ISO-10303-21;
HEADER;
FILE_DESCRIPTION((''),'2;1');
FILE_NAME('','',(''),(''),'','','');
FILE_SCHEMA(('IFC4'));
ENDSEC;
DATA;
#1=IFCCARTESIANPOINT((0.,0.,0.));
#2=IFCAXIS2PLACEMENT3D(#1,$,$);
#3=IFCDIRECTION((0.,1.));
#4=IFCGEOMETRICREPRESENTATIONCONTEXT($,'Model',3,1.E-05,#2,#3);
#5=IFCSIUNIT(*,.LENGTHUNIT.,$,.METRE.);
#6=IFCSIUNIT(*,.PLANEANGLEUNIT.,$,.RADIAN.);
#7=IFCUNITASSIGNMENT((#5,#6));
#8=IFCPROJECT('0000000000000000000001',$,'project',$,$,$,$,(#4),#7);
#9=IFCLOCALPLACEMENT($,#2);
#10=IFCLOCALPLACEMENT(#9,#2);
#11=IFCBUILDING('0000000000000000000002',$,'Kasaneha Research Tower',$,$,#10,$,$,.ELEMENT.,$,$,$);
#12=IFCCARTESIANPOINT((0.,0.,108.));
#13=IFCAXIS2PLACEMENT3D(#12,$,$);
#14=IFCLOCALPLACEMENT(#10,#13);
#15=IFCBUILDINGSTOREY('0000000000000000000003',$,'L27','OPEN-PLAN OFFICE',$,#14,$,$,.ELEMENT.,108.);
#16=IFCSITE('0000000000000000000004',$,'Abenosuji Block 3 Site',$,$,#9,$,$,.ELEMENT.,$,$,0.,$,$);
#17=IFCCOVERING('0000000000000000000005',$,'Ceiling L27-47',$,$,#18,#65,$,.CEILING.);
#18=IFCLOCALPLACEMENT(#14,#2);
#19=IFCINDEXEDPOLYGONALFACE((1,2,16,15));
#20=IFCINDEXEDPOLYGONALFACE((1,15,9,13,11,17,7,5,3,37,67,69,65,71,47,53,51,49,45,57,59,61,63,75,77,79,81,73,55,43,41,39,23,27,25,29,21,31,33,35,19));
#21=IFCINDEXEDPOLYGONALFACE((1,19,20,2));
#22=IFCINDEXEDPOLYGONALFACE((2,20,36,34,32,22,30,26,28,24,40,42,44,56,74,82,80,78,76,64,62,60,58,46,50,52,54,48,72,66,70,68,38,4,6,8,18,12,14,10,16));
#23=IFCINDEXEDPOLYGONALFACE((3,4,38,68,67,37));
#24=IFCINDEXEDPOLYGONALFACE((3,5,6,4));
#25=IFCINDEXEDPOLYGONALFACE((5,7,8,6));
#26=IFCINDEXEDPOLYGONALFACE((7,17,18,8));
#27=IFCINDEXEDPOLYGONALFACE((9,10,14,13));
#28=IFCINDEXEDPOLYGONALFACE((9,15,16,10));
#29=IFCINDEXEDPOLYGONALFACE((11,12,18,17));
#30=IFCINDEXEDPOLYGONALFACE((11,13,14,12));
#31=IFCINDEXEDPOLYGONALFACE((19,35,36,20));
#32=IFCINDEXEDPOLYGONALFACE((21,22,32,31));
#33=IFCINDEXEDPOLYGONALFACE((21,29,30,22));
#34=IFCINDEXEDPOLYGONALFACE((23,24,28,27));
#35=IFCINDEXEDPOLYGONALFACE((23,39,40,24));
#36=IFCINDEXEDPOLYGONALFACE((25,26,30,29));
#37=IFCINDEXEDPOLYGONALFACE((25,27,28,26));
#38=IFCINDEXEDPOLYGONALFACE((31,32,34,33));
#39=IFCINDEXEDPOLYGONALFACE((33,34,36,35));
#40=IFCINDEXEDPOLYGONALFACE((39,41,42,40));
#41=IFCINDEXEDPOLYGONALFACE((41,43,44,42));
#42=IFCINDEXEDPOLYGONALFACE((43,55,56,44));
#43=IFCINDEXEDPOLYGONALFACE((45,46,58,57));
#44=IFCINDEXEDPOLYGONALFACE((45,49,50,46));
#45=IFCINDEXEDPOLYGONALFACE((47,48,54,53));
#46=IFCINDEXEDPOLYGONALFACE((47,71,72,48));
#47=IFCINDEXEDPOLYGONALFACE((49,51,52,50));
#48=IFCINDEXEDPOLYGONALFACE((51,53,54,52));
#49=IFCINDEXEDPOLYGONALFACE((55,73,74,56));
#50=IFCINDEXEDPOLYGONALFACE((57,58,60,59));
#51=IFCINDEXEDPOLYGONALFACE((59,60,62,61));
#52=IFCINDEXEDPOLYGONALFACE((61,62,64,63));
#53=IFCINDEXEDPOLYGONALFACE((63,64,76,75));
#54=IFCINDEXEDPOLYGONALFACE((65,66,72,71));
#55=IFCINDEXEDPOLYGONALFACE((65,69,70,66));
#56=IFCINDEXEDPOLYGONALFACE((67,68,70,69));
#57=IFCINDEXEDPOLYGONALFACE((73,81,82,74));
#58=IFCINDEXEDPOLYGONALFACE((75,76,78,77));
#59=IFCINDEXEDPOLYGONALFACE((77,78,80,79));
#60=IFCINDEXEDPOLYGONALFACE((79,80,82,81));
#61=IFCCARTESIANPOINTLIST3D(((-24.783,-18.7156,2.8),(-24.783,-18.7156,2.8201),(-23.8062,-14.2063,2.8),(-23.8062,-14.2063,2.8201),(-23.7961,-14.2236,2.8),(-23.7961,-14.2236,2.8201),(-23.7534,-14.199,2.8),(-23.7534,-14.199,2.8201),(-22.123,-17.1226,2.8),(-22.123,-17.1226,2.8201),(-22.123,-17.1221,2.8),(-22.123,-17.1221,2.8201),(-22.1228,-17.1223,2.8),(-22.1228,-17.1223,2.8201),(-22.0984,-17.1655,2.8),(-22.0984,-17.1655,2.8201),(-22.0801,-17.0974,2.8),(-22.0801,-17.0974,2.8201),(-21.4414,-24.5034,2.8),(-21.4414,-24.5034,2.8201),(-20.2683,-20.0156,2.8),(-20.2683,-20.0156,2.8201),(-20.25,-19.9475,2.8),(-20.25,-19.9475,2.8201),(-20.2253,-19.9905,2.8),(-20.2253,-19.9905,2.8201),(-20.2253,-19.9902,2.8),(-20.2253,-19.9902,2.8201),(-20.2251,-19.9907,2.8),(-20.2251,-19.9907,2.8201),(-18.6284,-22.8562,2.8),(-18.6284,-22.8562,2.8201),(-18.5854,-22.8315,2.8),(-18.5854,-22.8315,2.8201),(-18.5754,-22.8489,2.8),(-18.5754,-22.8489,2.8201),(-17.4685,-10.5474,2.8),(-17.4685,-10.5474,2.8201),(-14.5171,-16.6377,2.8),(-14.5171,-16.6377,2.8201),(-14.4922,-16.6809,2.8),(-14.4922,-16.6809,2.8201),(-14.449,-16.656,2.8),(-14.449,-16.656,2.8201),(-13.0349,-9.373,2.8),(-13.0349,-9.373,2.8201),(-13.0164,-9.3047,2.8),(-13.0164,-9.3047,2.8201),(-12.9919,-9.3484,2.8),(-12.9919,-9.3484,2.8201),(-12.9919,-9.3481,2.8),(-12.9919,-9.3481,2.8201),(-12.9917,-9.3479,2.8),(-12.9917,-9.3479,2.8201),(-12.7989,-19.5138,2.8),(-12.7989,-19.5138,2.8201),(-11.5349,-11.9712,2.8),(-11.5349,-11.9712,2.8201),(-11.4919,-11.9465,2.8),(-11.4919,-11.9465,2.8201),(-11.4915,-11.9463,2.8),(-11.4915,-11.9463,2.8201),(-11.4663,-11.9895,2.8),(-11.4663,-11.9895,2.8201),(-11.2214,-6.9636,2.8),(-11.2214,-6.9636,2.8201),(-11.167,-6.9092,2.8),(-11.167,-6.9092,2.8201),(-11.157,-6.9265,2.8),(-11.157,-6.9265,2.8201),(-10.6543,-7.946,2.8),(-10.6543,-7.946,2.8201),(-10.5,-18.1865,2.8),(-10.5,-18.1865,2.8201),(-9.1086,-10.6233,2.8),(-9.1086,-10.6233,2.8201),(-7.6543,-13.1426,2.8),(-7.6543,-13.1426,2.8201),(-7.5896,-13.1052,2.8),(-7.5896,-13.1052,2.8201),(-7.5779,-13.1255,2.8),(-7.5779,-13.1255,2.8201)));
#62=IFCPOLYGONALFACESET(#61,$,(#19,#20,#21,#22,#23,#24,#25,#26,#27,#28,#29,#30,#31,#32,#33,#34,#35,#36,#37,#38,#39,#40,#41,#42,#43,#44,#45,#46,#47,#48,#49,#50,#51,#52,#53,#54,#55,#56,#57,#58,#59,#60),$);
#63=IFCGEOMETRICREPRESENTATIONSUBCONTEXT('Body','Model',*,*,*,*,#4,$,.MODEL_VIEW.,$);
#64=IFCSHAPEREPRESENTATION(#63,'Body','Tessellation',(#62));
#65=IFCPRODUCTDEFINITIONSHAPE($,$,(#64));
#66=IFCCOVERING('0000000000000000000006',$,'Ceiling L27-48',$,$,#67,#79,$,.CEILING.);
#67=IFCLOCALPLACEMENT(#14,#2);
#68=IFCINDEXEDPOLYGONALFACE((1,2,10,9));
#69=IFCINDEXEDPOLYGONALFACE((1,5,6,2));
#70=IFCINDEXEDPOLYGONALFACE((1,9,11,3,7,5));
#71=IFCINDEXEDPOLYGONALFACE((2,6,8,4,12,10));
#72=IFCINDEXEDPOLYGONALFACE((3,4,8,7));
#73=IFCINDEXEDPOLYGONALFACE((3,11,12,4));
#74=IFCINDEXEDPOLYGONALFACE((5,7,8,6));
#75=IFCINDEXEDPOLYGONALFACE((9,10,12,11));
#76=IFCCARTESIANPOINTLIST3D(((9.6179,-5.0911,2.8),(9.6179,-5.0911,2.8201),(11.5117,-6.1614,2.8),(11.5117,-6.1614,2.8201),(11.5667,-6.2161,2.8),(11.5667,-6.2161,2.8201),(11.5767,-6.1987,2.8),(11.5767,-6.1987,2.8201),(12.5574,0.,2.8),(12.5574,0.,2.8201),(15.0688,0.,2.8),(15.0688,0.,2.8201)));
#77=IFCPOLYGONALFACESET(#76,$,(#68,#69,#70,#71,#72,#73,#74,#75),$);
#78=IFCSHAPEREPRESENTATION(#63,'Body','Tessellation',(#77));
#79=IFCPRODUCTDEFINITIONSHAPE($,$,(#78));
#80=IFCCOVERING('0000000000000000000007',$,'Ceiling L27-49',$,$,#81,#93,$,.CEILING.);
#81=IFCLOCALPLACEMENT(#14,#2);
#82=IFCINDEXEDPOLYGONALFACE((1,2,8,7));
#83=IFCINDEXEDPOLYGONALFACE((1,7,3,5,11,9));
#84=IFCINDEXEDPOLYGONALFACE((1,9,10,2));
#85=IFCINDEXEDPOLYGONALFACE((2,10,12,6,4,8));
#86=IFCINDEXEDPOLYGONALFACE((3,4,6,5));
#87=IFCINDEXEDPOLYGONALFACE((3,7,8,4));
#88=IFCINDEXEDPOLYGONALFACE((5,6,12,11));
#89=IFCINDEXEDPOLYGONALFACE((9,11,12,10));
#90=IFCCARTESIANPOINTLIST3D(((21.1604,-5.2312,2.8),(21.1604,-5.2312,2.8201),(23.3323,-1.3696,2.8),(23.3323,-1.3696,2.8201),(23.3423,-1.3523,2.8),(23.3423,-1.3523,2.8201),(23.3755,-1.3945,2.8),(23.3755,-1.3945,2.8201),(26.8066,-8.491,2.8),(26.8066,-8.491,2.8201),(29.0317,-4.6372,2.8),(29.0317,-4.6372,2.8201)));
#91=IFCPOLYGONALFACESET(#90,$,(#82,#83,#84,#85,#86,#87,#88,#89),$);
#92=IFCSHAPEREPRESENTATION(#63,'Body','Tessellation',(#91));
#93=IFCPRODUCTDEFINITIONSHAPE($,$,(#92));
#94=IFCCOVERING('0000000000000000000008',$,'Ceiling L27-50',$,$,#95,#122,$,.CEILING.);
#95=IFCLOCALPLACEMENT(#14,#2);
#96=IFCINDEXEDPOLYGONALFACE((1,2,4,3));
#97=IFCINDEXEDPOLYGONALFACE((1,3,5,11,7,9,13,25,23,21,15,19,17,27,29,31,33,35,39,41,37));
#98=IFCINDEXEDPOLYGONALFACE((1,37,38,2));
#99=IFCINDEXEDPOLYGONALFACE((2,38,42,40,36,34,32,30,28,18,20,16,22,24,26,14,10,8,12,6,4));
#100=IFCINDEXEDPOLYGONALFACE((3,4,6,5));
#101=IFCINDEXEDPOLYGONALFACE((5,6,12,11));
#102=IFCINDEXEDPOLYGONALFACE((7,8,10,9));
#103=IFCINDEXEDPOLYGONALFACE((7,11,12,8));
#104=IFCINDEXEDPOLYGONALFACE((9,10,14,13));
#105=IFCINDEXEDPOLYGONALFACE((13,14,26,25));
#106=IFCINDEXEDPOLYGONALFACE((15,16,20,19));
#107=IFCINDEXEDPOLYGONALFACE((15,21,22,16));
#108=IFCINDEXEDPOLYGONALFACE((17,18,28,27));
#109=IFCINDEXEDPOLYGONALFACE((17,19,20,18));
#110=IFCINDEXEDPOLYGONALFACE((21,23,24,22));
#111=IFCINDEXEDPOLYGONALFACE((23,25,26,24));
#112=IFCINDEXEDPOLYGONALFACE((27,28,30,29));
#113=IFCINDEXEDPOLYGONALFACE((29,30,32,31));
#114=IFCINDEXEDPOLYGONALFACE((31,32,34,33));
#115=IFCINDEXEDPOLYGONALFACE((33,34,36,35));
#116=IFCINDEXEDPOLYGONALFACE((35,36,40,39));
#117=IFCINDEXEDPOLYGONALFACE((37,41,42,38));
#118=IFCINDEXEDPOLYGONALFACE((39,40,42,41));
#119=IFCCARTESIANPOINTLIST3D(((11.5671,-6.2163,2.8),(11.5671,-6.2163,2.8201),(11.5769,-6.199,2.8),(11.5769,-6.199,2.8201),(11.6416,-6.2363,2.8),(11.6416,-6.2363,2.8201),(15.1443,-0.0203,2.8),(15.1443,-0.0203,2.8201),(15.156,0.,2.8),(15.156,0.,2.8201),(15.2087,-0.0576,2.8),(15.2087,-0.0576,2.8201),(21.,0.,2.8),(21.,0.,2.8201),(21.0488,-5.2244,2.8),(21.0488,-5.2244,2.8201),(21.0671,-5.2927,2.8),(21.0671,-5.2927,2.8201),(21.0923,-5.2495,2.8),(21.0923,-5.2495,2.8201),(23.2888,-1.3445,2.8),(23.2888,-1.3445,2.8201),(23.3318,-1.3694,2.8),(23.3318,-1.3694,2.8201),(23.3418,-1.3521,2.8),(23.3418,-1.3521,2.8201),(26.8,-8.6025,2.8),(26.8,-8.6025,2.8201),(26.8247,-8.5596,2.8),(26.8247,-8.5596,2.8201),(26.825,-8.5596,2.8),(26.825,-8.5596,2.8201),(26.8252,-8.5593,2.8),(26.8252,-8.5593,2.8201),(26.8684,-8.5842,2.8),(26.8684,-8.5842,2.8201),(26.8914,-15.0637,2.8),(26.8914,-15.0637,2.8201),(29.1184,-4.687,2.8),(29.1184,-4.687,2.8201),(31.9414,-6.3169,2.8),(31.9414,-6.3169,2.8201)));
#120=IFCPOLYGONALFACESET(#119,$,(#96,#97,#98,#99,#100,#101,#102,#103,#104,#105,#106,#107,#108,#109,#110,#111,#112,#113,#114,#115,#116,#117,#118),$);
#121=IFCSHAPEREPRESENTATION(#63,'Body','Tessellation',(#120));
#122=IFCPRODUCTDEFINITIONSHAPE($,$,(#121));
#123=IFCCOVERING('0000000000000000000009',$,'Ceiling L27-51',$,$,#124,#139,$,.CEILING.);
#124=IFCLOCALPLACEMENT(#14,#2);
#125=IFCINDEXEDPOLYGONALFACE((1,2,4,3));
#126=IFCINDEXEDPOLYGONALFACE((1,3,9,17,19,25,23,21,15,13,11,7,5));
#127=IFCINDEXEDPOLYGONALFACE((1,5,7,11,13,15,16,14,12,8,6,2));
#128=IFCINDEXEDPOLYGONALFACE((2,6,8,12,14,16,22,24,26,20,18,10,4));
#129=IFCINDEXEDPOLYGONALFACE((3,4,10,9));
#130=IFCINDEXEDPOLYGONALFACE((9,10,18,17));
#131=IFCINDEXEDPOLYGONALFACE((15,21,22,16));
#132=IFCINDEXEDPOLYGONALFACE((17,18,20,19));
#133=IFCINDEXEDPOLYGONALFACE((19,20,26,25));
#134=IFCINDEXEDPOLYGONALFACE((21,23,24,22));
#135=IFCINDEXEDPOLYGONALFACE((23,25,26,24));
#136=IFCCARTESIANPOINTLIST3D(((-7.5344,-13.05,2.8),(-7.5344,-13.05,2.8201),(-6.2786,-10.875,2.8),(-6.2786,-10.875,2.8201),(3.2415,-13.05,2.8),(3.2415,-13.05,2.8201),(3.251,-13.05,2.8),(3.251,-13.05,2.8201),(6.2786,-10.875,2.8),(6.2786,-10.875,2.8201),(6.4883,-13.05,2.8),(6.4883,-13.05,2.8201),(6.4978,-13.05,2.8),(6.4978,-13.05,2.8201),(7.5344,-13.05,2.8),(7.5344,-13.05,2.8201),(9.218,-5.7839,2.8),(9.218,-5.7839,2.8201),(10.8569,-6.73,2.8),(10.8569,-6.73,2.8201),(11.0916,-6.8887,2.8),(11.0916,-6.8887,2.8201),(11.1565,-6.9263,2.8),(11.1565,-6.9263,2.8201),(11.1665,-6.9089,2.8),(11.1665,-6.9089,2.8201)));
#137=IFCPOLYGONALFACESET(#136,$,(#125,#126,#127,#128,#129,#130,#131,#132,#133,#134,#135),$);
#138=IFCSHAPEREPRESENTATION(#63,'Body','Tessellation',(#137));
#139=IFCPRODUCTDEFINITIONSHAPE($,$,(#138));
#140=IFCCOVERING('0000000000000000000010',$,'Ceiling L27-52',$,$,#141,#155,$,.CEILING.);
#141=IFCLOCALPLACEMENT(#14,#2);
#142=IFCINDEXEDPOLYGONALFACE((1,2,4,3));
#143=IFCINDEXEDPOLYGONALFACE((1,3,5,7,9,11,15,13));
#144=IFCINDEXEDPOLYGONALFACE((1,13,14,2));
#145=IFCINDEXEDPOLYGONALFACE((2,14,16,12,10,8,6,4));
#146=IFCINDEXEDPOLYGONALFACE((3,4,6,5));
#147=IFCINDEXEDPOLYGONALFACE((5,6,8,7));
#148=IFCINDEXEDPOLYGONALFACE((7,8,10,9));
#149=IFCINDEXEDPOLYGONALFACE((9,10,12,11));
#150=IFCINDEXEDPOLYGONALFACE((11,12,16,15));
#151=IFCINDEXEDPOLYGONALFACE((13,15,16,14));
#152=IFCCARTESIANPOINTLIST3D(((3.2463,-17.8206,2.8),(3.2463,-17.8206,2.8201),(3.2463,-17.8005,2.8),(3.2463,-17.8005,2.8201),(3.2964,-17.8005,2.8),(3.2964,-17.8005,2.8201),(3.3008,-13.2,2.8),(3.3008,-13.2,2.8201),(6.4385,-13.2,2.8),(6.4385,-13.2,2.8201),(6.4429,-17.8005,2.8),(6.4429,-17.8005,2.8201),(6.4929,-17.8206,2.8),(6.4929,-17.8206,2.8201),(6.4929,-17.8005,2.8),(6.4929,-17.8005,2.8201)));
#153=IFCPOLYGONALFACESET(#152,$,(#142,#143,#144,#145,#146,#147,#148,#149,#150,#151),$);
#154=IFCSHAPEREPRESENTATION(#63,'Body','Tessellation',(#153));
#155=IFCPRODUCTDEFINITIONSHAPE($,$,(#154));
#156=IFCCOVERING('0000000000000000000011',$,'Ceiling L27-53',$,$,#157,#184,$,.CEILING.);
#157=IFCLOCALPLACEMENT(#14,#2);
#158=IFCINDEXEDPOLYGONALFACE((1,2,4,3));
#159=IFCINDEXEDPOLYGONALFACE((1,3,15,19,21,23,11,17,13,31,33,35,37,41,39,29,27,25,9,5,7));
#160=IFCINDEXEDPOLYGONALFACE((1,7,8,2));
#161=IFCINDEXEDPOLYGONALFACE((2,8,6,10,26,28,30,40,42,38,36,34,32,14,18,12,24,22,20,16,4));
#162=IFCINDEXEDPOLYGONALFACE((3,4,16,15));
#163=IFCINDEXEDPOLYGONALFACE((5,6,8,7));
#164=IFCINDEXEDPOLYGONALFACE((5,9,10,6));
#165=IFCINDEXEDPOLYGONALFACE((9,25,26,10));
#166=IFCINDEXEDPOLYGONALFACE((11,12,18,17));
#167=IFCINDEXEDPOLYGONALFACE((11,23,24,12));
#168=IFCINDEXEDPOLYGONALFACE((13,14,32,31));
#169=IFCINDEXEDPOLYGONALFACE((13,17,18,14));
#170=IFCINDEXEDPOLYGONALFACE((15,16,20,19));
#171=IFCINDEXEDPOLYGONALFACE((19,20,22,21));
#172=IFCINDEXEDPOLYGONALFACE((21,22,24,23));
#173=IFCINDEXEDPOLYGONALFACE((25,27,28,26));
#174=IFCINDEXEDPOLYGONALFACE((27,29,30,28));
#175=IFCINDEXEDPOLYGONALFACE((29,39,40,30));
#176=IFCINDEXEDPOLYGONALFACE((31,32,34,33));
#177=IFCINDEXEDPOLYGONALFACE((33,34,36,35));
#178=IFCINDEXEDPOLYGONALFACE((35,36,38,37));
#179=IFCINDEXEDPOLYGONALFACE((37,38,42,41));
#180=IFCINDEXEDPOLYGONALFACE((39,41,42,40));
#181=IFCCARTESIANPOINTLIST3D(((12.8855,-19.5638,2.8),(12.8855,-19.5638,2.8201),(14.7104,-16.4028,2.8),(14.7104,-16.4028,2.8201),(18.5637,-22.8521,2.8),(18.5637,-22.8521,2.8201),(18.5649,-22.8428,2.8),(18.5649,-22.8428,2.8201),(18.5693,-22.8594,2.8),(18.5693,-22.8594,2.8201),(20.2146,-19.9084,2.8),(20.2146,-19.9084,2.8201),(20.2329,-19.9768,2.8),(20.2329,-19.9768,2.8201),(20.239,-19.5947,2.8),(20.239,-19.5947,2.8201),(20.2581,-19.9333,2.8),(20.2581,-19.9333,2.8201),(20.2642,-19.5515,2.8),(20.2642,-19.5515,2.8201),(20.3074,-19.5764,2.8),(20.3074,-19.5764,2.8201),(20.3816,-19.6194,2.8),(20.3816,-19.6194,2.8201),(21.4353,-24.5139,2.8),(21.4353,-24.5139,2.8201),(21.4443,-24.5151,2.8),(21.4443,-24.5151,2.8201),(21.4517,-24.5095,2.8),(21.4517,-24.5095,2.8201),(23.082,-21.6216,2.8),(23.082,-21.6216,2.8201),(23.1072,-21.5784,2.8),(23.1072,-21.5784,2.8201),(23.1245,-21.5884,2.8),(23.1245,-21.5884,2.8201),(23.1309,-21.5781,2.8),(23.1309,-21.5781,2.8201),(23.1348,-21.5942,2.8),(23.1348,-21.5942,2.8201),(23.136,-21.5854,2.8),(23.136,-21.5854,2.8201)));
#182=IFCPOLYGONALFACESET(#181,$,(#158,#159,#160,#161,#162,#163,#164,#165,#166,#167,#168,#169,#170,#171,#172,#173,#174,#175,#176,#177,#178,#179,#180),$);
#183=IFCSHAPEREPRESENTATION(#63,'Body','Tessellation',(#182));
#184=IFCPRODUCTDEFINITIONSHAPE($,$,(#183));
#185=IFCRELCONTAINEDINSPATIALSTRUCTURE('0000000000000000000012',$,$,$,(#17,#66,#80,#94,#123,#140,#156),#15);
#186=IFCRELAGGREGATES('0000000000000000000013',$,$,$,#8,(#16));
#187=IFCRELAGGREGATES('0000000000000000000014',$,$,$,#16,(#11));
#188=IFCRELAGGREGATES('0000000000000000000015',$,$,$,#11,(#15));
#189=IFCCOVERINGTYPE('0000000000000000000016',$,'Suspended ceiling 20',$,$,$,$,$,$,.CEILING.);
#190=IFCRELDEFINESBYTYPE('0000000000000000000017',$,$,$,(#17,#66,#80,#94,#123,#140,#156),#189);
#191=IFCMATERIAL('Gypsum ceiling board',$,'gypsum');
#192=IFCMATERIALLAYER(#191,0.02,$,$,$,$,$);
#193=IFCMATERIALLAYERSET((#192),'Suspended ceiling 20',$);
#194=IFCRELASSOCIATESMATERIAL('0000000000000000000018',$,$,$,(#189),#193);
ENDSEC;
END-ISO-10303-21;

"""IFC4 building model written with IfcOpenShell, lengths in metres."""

from ifc_helpers import new_model, si_unit, direction, frame, origin, place, context, subcontext, project, spatial, polyline, outline, extrude, material, layer, layer_set, type_object, element, save


model = new_model("IFC4")

# Units and contexts
model_context = context("Model", 3, precision=1e-05, world=origin(), true_north=direction((0.0, 1.0)))
body_context = subcontext(model_context, "Body", "Model", "MODEL_VIEW")
ifc_project = project(units=[si_unit("LENGTHUNIT", "METRE"), si_unit("PLANEANGLEUNIT", "RADIAN")], contexts=[model_context])

# Site, building, storey
site_placement = place(None, origin())
site = spatial("IfcSite", under=ifc_project, at=site_placement, Name="Abenosuji Block 3 Site", CompositionType="ELEMENT", RefElevation=0.0)
building_placement = place(site_placement, origin())
building = spatial("IfcBuilding", under=site, at=building_placement, Name="Kasaneha Research Tower", CompositionType="ELEMENT")
storey_placement = place(building_placement, frame((0.0, 0.0, 108.0)))
storey = spatial("IfcBuildingStorey", under=building, at=storey_placement, Name="L27", Description="OPEN-PLAN OFFICE", CompositionType="ELEMENT", Elevation=108.0)

# Coverings
ifc_material_1 = material(Name="Gypsum ceiling board", Category="gypsum")
ifc_layer_1 = layer(ifc_material_1, 0.02)
ifc_layer_set_1 = layer_set([ifc_layer_1], Name="Suspended ceiling 20")
covering_type_1 = type_object("IfcCoveringType", Name="Suspended ceiling 20", PredefinedType="CEILING", material=ifc_layer_set_1)
covering_1_placement = place(storey_placement, frame((0.0, 0.0, 2.8)))
element("IfcCovering", 1, at=covering_1_placement, inside=storey, type_object=covering_type_1, Name="Ceiling L27-47", PredefinedType="CEILING", context=body_context, shape_type="SweptSolid", body=[
    extrude(outline(polyline([(-12.9919, -9.3481), (-12.9919, -9.3484), (-13.0349, -9.373), (-11.5349, -11.9712), (-11.4919, -11.9465), (-11.4919, -11.9465), (-11.4915, -11.9463), (-11.4663, -11.9895), (-9.1086, -10.6233), (-7.6543, -13.1426), (-7.5896, -13.1052), (-7.5779, -13.1255), (-10.5, -18.1865), (-12.8418, -19.5386), (-12.8418, -19.5386), (-12.7988, -19.5139), (-14.449, -16.656), (-14.4922, -16.6809), (-14.5171, -16.6377), (-20.25, -19.9475), (-20.2253, -19.9902), (-20.2253, -19.9905), (-20.2251, -19.9907), (-20.2683, -20.0156), (-18.6284, -22.8562), (-18.5854, -22.8315), (-18.5754, -22.8489), (-21.4414, -24.5034), (-24.783, -18.7156), (-22.0984, -17.1655), (-22.123, -17.1226), (-22.1228, -17.1223), (-22.123, -17.1221), (-22.0801, -17.0974), (-23.7534, -14.199), (-23.7961, -14.2236), (-23.8062, -14.2063), (-17.4685, -10.5474), (-11.167, -6.9092), (-11.157, -6.9265), (-11.2214, -6.9636), (-10.6543, -7.946), (-13.0164, -9.3047), (-12.9917, -9.3479), (-12.9919, -9.3481)])), origin(), (0.0, 0.0, 1.0), 0.02),
])
covering_2_placement = place(storey_placement, frame((0.0, 0.0, 2.8)))
element("IfcCovering", 2, at=covering_2_placement, inside=storey, type_object=covering_type_1, Name="Ceiling L27-48", PredefinedType="CEILING", context=body_context, shape_type="SweptSolid", body=[
    extrude(outline(polyline([(15.0688, 0.0), (11.5117, -6.1614), (11.5767, -6.1987), (11.5667, -6.2161), (9.6179, -5.0911), (12.5574, 0.0), (15.0688, 0.0)])), origin(), (0.0, 0.0, 1.0), 0.02),
])
covering_3_placement = place(storey_placement, frame((0.0, 0.0, 2.8)))
element("IfcCovering", 3, at=covering_3_placement, inside=storey, type_object=covering_type_1, Name="Ceiling L27-49", PredefinedType="CEILING", context=body_context, shape_type="SweptSolid", body=[
    extrude(outline(polyline([(29.0317, -4.6372), (26.8066, -8.491), (21.1604, -5.2312), (23.3755, -1.3945), (23.3323, -1.3696), (23.3423, -1.3523), (29.0317, -4.6372)])), origin(), (0.0, 0.0, 1.0), 0.02),
])
covering_4_placement = place(storey_placement, frame((0.0, 0.0, 2.8)))
element("IfcCovering", 4, at=covering_4_placement, inside=storey, type_object=covering_type_1, Name="Ceiling L27-50", PredefinedType="CEILING", context=body_context, shape_type="SweptSolid", body=[
    extrude(outline(polyline([(21.0, 0.0), (23.3418, -1.3521), (23.3318, -1.3694), (23.2888, -1.3445), (21.0488, -5.2244), (21.0923, -5.2495), (21.0671, -5.2927), (26.8, -8.6025), (26.8247, -8.5596), (26.825, -8.5596), (26.8252, -8.5593), (26.8684, -8.5842), (29.1184, -4.687), (31.9414, -6.3169), (26.8914, -15.0637), (11.5671, -6.2163), (11.5769, -6.199), (11.6416, -6.2363), (15.2087, -0.0576), (15.1443, -0.0203), (15.156, 0.0), (21.0, 0.0)])), origin(), (0.0, 0.0, 1.0), 0.02),
])
covering_5_placement = place(storey_placement, frame((0.0, 0.0, 2.8)))
element("IfcCovering", 5, at=covering_5_placement, inside=storey, type_object=covering_type_1, Name="Ceiling L27-51", PredefinedType="CEILING", context=body_context, shape_type="SweptSolid", body=[
    extrude(outline(polyline([(-6.2786, -10.875), (6.2786, -10.875), (9.218, -5.7839), (10.8569, -6.73), (11.1665, -6.9089), (11.1565, -6.9263), (11.0916, -6.8887), (7.5344, -13.05), (6.4978, -13.05), (6.4883, -13.05), (3.251, -13.05), (3.2415, -13.05), (-7.5344, -13.05), (-6.2786, -10.875)])), origin(), (0.0, 0.0, 1.0), 0.02),
])
covering_6_placement = place(storey_placement, frame((0.0, 0.0, 2.8)))
element("IfcCovering", 6, at=covering_6_placement, inside=storey, type_object=covering_type_1, Name="Ceiling L27-52", PredefinedType="CEILING", context=body_context, shape_type="SweptSolid", body=[
    extrude(outline(polyline([(3.2463, -17.8005), (3.2964, -17.8005), (3.3008, -13.2), (6.4385, -13.2), (6.4429, -17.8005), (6.4929, -17.8005), (6.4929, -17.8206), (3.2463, -17.8206), (3.2463, -17.8005)])), origin(), (0.0, 0.0, 1.0), 0.02),
])
covering_7_placement = place(storey_placement, frame((0.0, 0.0, 2.8)))
element("IfcCovering", 7, at=covering_7_placement, inside=storey, type_object=covering_type_1, Name="Ceiling L27-53", PredefinedType="CEILING", context=body_context, shape_type="SweptSolid", body=[
    extrude(outline(polyline([(23.1309, -21.5781), (23.136, -21.5854), (23.1348, -21.5942), (21.4517, -24.5095), (21.4443, -24.5151), (21.4353, -24.5139), (18.5693, -22.8594), (18.5637, -22.8521), (18.5649, -22.8428), (12.8423, -19.5388), (12.8423, -19.5388), (12.8855, -19.5637), (14.7104, -16.4028), (20.239, -19.5947), (20.2642, -19.5515), (20.3074, -19.5764), (20.3074, -19.5764), (20.3816, -19.6194), (20.2146, -19.9084), (20.2581, -19.9333), (20.2329, -19.9768), (23.082, -21.6216), (23.1072, -21.5784), (23.1245, -21.5884), (23.1309, -21.5781)])), origin(), (0.0, 0.0, 1.0), 0.02),
])

save(model, "model.ifc")
